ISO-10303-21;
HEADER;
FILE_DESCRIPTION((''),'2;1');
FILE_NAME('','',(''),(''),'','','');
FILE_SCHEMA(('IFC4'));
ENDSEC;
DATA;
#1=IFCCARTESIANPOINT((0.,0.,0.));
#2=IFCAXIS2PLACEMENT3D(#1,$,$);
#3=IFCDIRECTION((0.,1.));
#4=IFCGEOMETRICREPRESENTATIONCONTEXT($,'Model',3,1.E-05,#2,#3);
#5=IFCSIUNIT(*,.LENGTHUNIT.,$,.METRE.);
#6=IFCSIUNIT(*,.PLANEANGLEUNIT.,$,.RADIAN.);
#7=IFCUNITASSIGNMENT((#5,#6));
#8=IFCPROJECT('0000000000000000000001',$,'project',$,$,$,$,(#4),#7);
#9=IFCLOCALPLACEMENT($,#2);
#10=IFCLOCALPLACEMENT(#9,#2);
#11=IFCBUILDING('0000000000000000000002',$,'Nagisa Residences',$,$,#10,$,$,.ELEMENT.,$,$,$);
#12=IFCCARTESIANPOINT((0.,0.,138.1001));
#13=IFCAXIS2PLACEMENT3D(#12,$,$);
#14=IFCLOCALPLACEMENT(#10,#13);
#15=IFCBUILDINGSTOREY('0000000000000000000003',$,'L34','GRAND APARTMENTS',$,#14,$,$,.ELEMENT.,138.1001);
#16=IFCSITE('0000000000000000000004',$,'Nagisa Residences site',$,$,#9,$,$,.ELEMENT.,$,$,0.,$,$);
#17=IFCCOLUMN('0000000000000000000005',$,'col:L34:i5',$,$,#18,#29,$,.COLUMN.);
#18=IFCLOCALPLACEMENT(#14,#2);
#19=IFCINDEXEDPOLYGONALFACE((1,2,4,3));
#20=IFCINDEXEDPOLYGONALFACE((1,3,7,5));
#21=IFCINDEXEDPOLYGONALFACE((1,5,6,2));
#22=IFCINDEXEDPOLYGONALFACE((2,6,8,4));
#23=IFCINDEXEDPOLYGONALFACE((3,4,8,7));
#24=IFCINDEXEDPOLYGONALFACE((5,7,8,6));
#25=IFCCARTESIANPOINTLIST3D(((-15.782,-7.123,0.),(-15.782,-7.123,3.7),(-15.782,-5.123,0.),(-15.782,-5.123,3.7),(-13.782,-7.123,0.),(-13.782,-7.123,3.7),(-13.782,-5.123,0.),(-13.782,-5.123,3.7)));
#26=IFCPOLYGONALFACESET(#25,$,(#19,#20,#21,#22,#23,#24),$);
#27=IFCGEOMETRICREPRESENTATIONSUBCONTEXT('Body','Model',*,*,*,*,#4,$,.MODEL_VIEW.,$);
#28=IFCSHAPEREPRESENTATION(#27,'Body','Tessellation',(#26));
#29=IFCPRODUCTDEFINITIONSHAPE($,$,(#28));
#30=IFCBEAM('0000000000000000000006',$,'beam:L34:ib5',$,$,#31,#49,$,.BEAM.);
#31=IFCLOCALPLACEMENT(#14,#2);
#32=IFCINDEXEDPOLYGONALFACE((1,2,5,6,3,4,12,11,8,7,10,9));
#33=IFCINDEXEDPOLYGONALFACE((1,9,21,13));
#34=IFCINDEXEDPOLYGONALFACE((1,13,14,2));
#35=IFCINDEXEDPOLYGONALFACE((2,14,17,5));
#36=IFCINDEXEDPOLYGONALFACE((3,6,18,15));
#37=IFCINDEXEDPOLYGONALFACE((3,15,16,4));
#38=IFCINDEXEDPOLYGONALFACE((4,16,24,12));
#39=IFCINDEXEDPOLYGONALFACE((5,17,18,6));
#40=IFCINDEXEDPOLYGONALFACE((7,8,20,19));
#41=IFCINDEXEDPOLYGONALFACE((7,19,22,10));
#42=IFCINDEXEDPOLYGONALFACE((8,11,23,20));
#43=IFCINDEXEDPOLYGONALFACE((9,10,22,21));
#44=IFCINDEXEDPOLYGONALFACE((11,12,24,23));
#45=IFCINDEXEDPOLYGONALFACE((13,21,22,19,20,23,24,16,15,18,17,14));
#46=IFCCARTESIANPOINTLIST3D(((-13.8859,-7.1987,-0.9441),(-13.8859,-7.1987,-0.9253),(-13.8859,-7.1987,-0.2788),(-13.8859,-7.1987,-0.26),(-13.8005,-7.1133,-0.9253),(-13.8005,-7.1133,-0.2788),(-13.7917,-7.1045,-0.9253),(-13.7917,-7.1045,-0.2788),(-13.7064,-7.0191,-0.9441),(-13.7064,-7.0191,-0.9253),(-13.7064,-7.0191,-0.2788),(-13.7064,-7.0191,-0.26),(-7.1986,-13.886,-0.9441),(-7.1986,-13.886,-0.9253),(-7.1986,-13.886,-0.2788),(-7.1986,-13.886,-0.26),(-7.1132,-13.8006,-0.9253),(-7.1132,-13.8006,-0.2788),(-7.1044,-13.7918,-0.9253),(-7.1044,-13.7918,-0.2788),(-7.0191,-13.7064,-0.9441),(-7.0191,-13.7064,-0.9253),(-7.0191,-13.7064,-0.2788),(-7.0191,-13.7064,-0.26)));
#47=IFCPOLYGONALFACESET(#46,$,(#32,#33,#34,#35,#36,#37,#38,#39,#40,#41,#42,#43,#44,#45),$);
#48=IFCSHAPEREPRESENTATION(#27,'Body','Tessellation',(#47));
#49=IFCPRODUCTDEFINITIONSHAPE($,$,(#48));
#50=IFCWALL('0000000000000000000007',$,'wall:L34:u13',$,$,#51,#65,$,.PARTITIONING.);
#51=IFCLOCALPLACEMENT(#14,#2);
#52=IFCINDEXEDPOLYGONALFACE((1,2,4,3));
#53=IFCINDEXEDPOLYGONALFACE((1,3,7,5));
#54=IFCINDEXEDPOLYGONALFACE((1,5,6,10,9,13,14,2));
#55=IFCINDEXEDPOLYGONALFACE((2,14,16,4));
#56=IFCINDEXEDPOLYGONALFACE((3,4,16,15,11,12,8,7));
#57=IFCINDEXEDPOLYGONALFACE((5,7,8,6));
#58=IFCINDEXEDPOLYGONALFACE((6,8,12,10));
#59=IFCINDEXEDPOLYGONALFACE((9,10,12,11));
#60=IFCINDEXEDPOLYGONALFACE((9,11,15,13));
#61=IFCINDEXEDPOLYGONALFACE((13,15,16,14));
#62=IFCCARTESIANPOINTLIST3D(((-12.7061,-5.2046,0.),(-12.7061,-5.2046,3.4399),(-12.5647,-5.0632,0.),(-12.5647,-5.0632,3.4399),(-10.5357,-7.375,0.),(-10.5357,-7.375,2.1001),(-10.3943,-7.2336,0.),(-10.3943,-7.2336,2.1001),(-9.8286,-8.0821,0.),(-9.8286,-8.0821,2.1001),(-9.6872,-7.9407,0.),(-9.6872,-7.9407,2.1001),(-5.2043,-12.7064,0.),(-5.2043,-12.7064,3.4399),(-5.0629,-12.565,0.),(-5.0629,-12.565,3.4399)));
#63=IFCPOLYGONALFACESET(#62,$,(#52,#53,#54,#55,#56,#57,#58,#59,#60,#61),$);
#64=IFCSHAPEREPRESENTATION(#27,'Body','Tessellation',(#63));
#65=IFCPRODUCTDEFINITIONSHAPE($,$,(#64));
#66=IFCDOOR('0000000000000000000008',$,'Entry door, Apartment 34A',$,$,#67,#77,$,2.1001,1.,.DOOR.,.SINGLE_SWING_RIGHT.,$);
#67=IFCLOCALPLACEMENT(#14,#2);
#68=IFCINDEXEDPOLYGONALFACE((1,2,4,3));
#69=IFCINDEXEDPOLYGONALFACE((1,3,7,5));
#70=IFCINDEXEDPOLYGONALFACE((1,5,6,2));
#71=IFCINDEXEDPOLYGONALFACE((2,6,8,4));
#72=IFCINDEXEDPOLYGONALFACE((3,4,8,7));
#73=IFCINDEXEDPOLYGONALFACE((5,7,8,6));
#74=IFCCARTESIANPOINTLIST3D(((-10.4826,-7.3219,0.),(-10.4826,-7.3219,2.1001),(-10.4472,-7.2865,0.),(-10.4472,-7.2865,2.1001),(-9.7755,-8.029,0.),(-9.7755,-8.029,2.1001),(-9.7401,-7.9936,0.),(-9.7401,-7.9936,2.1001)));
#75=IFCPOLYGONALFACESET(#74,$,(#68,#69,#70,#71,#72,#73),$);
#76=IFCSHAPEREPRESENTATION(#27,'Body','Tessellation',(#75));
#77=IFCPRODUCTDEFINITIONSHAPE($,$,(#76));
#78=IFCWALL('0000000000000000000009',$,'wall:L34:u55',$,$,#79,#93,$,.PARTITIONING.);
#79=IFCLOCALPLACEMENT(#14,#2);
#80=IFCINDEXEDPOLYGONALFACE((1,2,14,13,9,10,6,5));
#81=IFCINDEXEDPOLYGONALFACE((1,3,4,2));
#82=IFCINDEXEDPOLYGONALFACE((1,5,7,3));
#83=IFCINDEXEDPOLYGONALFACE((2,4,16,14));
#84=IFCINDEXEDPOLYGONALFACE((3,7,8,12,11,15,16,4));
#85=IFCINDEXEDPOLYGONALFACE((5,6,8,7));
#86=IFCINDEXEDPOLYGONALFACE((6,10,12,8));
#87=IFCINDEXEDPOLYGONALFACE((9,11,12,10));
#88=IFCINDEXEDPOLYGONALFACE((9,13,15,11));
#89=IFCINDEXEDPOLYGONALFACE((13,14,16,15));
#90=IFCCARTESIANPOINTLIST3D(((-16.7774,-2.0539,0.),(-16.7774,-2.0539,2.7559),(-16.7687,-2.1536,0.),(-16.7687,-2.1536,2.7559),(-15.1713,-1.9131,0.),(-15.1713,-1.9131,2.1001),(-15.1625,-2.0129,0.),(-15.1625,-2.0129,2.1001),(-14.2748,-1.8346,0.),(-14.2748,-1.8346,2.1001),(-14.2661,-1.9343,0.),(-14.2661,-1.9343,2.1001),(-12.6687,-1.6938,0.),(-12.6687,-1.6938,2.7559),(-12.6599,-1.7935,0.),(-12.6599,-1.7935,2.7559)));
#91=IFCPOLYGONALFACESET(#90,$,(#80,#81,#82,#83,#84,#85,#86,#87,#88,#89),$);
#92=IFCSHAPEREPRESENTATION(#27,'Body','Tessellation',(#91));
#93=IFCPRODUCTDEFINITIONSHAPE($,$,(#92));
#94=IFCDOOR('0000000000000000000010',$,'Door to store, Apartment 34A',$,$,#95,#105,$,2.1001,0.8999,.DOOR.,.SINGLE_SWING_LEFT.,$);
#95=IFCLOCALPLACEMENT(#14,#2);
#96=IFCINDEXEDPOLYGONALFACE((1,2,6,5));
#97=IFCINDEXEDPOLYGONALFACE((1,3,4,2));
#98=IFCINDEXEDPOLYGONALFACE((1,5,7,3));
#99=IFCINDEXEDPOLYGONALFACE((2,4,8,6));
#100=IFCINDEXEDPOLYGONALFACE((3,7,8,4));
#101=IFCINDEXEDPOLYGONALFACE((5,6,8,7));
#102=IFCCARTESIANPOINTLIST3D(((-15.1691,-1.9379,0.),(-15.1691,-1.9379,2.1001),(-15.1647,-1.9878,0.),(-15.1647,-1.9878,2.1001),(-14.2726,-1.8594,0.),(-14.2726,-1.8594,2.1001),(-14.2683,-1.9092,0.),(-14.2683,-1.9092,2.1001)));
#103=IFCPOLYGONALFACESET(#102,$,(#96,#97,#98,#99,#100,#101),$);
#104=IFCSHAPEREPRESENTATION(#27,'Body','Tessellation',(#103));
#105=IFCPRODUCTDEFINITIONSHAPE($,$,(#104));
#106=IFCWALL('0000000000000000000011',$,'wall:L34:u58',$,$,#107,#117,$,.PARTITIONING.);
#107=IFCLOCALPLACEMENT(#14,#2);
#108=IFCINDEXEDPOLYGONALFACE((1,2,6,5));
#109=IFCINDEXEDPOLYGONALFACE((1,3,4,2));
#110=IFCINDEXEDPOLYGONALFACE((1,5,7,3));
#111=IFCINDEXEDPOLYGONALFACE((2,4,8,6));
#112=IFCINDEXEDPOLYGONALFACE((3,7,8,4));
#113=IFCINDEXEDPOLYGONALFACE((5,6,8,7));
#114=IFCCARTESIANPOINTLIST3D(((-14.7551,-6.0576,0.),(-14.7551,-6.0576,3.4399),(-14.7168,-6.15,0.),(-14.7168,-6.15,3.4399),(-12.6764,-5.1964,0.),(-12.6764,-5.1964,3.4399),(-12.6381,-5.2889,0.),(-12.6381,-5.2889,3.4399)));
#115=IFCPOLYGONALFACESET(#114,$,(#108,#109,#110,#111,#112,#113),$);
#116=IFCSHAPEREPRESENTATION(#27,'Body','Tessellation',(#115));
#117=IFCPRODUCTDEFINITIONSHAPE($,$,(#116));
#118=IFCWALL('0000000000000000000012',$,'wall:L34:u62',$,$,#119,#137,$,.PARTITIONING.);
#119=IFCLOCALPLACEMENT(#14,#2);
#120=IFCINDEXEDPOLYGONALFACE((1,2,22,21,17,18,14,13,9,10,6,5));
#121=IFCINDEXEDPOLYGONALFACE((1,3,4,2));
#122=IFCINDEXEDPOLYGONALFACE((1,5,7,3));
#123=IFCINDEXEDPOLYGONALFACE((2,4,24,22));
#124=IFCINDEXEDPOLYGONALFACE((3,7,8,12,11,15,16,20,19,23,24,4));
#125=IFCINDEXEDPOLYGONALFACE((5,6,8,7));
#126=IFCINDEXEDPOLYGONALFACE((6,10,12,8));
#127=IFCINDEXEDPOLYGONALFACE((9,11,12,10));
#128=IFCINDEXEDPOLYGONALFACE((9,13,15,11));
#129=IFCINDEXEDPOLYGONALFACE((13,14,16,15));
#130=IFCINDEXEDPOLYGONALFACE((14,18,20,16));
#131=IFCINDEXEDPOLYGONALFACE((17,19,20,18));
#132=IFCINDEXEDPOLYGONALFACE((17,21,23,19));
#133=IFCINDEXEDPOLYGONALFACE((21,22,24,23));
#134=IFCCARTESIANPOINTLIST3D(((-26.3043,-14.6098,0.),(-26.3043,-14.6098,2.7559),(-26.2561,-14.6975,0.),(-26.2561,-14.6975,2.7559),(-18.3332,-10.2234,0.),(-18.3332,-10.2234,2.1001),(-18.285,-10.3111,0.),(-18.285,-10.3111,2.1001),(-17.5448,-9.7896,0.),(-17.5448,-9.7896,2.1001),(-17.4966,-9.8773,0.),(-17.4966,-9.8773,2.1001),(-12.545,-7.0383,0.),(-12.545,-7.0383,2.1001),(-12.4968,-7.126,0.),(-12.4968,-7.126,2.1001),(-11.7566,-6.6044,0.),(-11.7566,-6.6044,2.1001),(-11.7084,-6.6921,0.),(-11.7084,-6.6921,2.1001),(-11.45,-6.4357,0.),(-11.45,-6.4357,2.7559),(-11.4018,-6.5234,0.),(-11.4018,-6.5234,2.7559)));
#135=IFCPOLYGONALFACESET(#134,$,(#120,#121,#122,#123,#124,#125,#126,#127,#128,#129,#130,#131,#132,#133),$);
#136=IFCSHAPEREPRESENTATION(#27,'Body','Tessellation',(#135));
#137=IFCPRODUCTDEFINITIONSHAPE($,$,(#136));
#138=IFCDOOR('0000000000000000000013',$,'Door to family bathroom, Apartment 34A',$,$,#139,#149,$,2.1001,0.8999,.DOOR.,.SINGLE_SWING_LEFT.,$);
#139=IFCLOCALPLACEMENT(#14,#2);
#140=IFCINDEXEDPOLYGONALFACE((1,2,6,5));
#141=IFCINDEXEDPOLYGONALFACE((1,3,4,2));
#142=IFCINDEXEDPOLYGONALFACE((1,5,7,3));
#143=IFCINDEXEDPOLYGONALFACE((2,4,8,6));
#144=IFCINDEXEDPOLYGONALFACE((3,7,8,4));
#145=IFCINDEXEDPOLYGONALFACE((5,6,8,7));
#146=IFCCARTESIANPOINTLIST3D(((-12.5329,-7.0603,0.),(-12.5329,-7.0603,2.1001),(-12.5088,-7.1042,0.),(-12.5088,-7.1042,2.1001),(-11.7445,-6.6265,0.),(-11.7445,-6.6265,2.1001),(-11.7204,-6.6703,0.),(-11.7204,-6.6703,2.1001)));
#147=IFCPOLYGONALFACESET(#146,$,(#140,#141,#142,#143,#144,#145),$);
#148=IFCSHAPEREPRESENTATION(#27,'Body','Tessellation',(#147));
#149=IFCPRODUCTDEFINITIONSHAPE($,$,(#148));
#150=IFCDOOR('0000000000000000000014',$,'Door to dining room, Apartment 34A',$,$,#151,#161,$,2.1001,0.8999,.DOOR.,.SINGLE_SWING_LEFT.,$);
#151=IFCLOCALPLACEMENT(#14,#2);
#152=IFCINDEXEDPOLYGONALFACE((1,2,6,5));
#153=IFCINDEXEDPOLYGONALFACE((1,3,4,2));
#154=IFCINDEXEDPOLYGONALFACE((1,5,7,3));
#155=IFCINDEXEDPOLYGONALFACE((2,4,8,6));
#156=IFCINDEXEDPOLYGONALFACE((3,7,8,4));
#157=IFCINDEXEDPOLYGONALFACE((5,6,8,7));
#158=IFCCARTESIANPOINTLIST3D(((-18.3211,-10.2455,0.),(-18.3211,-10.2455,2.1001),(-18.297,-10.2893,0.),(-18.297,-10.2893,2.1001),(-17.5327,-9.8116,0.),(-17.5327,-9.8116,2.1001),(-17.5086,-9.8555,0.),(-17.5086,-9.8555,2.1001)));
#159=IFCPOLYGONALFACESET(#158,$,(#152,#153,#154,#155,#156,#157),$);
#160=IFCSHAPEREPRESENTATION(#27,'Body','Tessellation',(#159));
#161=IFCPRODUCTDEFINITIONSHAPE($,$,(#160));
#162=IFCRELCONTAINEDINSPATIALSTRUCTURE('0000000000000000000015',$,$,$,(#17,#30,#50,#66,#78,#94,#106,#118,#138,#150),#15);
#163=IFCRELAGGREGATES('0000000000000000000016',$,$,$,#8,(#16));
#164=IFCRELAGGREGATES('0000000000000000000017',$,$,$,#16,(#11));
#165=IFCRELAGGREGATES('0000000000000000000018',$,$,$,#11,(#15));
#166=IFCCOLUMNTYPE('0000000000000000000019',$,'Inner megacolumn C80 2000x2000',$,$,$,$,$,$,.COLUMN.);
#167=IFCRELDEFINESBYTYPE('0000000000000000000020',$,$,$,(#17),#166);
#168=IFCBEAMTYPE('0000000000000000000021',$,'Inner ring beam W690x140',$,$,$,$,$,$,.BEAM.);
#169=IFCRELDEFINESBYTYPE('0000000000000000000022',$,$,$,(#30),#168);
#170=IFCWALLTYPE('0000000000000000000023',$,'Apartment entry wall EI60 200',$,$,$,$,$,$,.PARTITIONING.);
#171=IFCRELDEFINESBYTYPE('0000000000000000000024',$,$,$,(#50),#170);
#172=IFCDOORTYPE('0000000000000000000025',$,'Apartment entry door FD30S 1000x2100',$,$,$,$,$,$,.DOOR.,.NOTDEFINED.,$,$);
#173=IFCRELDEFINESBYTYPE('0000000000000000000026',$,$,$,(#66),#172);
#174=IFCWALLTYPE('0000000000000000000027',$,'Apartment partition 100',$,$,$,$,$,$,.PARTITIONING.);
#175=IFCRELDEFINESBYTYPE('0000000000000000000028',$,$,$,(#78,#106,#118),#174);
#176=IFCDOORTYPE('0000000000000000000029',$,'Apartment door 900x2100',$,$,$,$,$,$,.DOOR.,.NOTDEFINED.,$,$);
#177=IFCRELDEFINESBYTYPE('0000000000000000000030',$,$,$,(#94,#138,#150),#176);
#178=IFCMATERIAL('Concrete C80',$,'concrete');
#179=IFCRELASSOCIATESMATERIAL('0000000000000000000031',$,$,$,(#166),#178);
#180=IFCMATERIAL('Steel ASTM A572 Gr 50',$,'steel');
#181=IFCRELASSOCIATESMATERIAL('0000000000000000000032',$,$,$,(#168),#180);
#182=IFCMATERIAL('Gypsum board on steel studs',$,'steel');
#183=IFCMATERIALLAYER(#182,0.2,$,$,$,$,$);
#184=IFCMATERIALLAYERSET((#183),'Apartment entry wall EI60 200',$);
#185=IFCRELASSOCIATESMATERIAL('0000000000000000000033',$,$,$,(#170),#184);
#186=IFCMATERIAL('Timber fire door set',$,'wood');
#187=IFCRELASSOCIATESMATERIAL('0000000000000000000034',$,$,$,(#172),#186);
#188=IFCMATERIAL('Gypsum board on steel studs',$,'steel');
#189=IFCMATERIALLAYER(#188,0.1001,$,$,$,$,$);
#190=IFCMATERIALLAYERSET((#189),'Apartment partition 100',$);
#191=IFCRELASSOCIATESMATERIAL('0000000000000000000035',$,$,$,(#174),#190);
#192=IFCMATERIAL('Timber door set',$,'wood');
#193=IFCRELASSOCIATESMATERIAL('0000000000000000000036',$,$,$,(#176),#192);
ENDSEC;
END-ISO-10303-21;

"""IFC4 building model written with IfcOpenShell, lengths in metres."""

from ifc_helpers import new_model, si_unit, direction, frame, frame_2d, origin, origin_2d, place, context, subcontext, project, spatial, rectangle, i_section, extrude, material, layer, layer_set, material_profile, profile_set, type_object, element, fill, save


model = new_model("IFC4")

# Units and contexts
model_context = context("Model", 3, precision=1e-05, world=origin(), true_north=direction((0.0, 1.0)))
body_context = subcontext(model_context, "Body", "Model", "MODEL_VIEW")
ifc_project = project(units=[si_unit("LENGTHUNIT", "METRE"), si_unit("PLANEANGLEUNIT", "RADIAN")], contexts=[model_context])

# Site, building, storey
site_placement = place(None, origin())
site = spatial("IfcSite", under=ifc_project, at=site_placement, Name="Nagisa Residences site", CompositionType="ELEMENT", RefElevation=0.0)
building_placement = place(site_placement, origin())
building = spatial("IfcBuilding", under=site, at=building_placement, Name="Nagisa Residences", CompositionType="ELEMENT")
storey_placement = place(building_placement, frame((0.0, 0.0, 138.1001)))
storey = spatial("IfcBuildingStorey", under=building, at=storey_placement, Name="L34", Description="GRAND APARTMENTS", CompositionType="ELEMENT", Elevation=138.1001)

# Column
ifc_material_1 = material(Name="Concrete C80", Category="concrete")
ifc_material_profile_1 = material_profile(ifc_material_1, rectangle(XDim=2.0, YDim=2.0, at=origin_2d()), Name="C80 2000x2000")
ifc_profile_set_1 = profile_set([ifc_material_profile_1], Name="Concrete C80")
column_type = type_object("IfcColumnType", Name="Inner megacolumn C80 2000x2000", PredefinedType="COLUMN", material=ifc_profile_set_1)
column_placement = place(storey_placement, frame((-14.782, -6.123, 0.0), z_axis=(0.0, 0.0, 1.0), x_axis=(1.0, 0.0, 0.0)))
element("IfcColumn", 1, at=column_placement, inside=storey, type_object=column_type, Name="col:L34:i5", PredefinedType="COLUMN", context=body_context, shape_type="SweptSolid", body=[
    extrude(rectangle(XDim=2.0, YDim=2.0, at=origin_2d()), origin(), (0.0, 0.0, 1.0), 3.7),
])

# Beam
ifc_material_2 = material(Name="Steel ASTM A572 Gr 50", Category="steel")
ifc_material_profile_2 = material_profile(ifc_material_2, i_section(OverallWidth=0.2539, OverallDepth=0.6841, WebThickness=0.0125, FlangeThickness=0.0188, at=origin_2d()), Name="W690x140")
ifc_profile_set_2 = profile_set([ifc_material_profile_2], Name="Steel ASTM A572 Gr 50")
beam_type = type_object("IfcBeamType", Name="Inner ring beam W690x140", PredefinedType="BEAM", material=ifc_profile_set_2)
beam_placement = place(storey_placement, frame((-13.7961, -7.1089, -0.6021), z_axis=(0.707107, -0.707107, 0.0), x_axis=(0.707107, 0.707107, 0.0)))
element("IfcBeam", 2, at=beam_placement, inside=storey, type_object=beam_type, Name="beam:L34:ib5", PredefinedType="BEAM", context=body_context, shape_type="SweptSolid", body=[
    extrude(i_section(OverallWidth=0.2539, OverallDepth=0.6841, WebThickness=0.0125, FlangeThickness=0.0188, at=origin_2d()), origin(), (0.0, 0.0, 1.0), 9.4573),
])

# Walls, openings, doors
ifc_material_3 = material(Name="Gypsum board on steel studs", Category="steel")
ifc_layer_1 = layer(ifc_material_3, 0.2)
ifc_layer_set_1 = layer_set([ifc_layer_1], Name="Apartment entry wall EI60 200")
wall_type_1 = type_object("IfcWallType", Name="Apartment entry wall EI60 200", PredefinedType="PARTITIONING", material=ifc_layer_set_1)
wall_1_placement = place(storey_placement, frame((-12.6355, -5.1338, 0.0), z_axis=(0.0, 0.0, 1.0), x_axis=(0.707107, -0.707107, 0.0)))
wall_1 = element("IfcWall", 3, at=wall_1_placement, inside=storey, type_object=wall_type_1, Name="wall:L34:u13", PredefinedType="PARTITIONING", context=body_context, shape_type="SweptSolid", body=[
    extrude(rectangle(XDim=10.6091, YDim=0.2, at=frame_2d((5.3047, 0.0))), origin(), (0.0, 0.0, 1.0), 3.4399),
])
opening_1_placement = place(wall_1_placement, frame((3.0696, 0.0, 0.0)))
opening_1 = element("IfcOpeningElement", 4, at=opening_1_placement, cuts=wall_1, PredefinedType="OPENING", context=body_context, shape_type="SweptSolid", body=[
    extrude(rectangle(XDim=1.0, YDim=2.1001, at=frame_2d((0.5, 1.05))), frame((0.0, 0.1099, 0.0), z_axis=(0.0, -1.0, 0.0), x_axis=(1.0, 0.0, 0.0)), (0.0, 0.0, 1.0), 0.22),
])
ifc_material_4 = material(Name="Timber fire door set", Category="wood")
door_type_1 = type_object("IfcDoorType", Name="Apartment entry door FD30S 1000x2100", OperationType="NOTDEFINED", PredefinedType="DOOR", material=ifc_material_4)
door_1_placement = place(opening_1_placement, frame((1.0, 0.0, 0.0), x_axis=(-1.0, 0.0, 0.0)))
door_1 = element("IfcDoor", 5, at=door_1_placement, inside=storey, type_object=door_type_1, Name="Entry door, Apartment 34A", OperationType="SINGLE_SWING_RIGHT", OverallHeight=2.1001, OverallWidth=1.0, PredefinedType="DOOR", context=body_context, shape_type="SweptSolid", body=[
    extrude(rectangle(XDim=1.0, YDim=2.1001, at=frame_2d((0.5, 1.05))), frame((0.0, 0.0249, 0.0), z_axis=(0.0, -1.0, 0.0), x_axis=(1.0, 0.0, 0.0)), (0.0, 0.0, 1.0), 0.05),
])
fill(opening_1, door_1)
ifc_material_5 = material(Name="Gypsum board on steel studs", Category="steel")
ifc_layer_2 = layer(ifc_material_5, 0.1001)
ifc_layer_set_2 = layer_set([ifc_layer_2], Name="Apartment partition 100")
wall_type_2 = type_object("IfcWallType", Name="Apartment partition 100", PredefinedType="PARTITIONING", material=ifc_layer_set_2)
wall_2_placement = place(storey_placement, frame((-12.6643, -1.7437, 0.0), z_axis=(0.0, 0.0, 1.0), x_axis=(-0.996181, -0.087312, 0.0)))
wall_2 = element("IfcWall", 6, at=wall_2_placement, inside=storey, type_object=wall_type_2, Name="wall:L34:u55", PredefinedType="PARTITIONING", context=body_context, shape_type="SweptSolid", body=[
    extrude(rectangle(XDim=4.1245, YDim=0.1001, at=frame_2d((2.0623, 0.0))), origin(), (0.0, 0.0, 1.0), 2.7559),
])
opening_2_placement = place(wall_2_placement, frame((1.6123, 0.0, 0.0)))
opening_2 = element("IfcOpeningElement", 7, at=opening_2_placement, cuts=wall_2, PredefinedType="OPENING", context=body_context, shape_type="SweptSolid", body=[
    extrude(rectangle(XDim=0.8999, YDim=2.1001, at=frame_2d((0.45, 1.05))), frame((0.0, 0.0601, 0.0), z_axis=(0.0, -1.0, 0.0), x_axis=(1.0, 0.0, 0.0)), (0.0, 0.0, 1.0), 0.1201),
])
ifc_material_6 = material(Name="Timber door set", Category="wood")
door_type_2 = type_object("IfcDoorType", Name="Apartment door 900x2100", OperationType="NOTDEFINED", PredefinedType="DOOR", material=ifc_material_6)
door_2_placement = place(opening_2_placement, origin())
door_2 = element("IfcDoor", 8, at=door_2_placement, inside=storey, type_object=door_type_2, Name="Door to store, Apartment 34A", OperationType="SINGLE_SWING_LEFT", OverallHeight=2.1001, OverallWidth=0.8999, PredefinedType="DOOR", context=body_context, shape_type="SweptSolid", body=[
    extrude(rectangle(XDim=0.8999, YDim=2.1001, at=frame_2d((0.45, 1.05))), frame((0.0, 0.0249, 0.0), z_axis=(0.0, -1.0, 0.0), x_axis=(1.0, 0.0, 0.0)), (0.0, 0.0, 1.0), 0.05),
])
fill(opening_2, door_2)

# Wall
wall_3_placement = place(storey_placement, frame((-12.6572, -5.2427, 0.0), z_axis=(0.0, 0.0, 1.0), x_axis=(-0.923865, -0.382719, 0.0)))
element("IfcWall", 9, at=wall_3_placement, inside=storey, type_object=wall_type_2, Name="wall:L34:u58", PredefinedType="PARTITIONING", context=body_context, shape_type="SweptSolid", body=[
    extrude(rectangle(XDim=2.25, YDim=0.1001, at=frame_2d((1.125, 0.0))), origin(), (0.0, 0.0, 1.0), 3.4399),
])

# Wall, openings, doors
wall_4_placement = place(storey_placement, frame((-11.4258, -6.4795, 0.0), z_axis=(0.0, 0.0, 1.0), x_axis=(-0.87611, -0.482111, 0.0)))
wall_4 = element("IfcWall", 10, at=wall_4_placement, inside=storey, type_object=wall_type_2, Name="wall:L34:u62", PredefinedType="PARTITIONING", context=body_context, shape_type="SweptSolid", body=[
    extrude(rectangle(XDim=16.9548, YDim=0.1001, at=frame_2d((8.4775, 0.0))), origin(), (0.0, 0.0, 1.0), 2.7559),
])
opening_3_placement = place(wall_4_placement, frame((0.3501, 0.0, 0.0)))
opening_3 = element("IfcOpeningElement", 11, at=opening_3_placement, cuts=wall_4, PredefinedType="OPENING", context=body_context, shape_type="SweptSolid", body=[
    extrude(rectangle(XDim=0.8999, YDim=2.1001, at=frame_2d((0.45, 1.05))), frame((0.0, 0.0601, 0.0), z_axis=(0.0, -1.0, 0.0), x_axis=(1.0, 0.0, 0.0)), (0.0, 0.0, 1.0), 0.1201),
])
opening_4_placement = place(wall_4_placement, frame((6.9568, 0.0, 0.0)))
opening_4 = element("IfcOpeningElement", 12, at=opening_4_placement, cuts=wall_4, PredefinedType="OPENING", context=body_context, shape_type="SweptSolid", body=[
    extrude(rectangle(XDim=0.8999, YDim=2.1001, at=frame_2d((0.45, 1.05))), frame((0.0, 0.0601, 0.0), z_axis=(0.0, -1.0, 0.0), x_axis=(1.0, 0.0, 0.0)), (0.0, 0.0, 1.0), 0.1201),
])
door_3_placement = place(opening_3_placement, frame((0.8999, 0.0, 0.0), x_axis=(-1.0, 0.0, 0.0)))
door_3 = element("IfcDoor", 13, at=door_3_placement, inside=storey, type_object=door_type_2, Name="Door to family bathroom, Apartment 34A", OperationType="SINGLE_SWING_LEFT", OverallHeight=2.1001, OverallWidth=0.8999, PredefinedType="DOOR", context=body_context, shape_type="SweptSolid", body=[
    extrude(rectangle(XDim=0.8999, YDim=2.1001, at=frame_2d((0.45, 1.05))), frame((0.0, 0.0249, 0.0), z_axis=(0.0, -1.0, 0.0), x_axis=(1.0, 0.0, 0.0)), (0.0, 0.0, 1.0), 0.05),
])
fill(opening_3, door_3)
door_4_placement = place(opening_4_placement, frame((0.8999, 0.0, 0.0), x_axis=(-1.0, 0.0, 0.0)))
door_4 = element("IfcDoor", 14, at=door_4_placement, inside=storey, type_object=door_type_2, Name="Door to dining room, Apartment 34A", OperationType="SINGLE_SWING_LEFT", OverallHeight=2.1001, OverallWidth=0.8999, PredefinedType="DOOR", context=body_context, shape_type="SweptSolid", body=[
    extrude(rectangle(XDim=0.8999, YDim=2.1001, at=frame_2d((0.45, 1.05))), frame((0.0, 0.0249, 0.0), z_axis=(0.0, -1.0, 0.0), x_axis=(1.0, 0.0, 0.0)), (0.0, 0.0, 1.0), 0.05),
])
fill(opening_4, door_4)

save(model, "model.ifc")
